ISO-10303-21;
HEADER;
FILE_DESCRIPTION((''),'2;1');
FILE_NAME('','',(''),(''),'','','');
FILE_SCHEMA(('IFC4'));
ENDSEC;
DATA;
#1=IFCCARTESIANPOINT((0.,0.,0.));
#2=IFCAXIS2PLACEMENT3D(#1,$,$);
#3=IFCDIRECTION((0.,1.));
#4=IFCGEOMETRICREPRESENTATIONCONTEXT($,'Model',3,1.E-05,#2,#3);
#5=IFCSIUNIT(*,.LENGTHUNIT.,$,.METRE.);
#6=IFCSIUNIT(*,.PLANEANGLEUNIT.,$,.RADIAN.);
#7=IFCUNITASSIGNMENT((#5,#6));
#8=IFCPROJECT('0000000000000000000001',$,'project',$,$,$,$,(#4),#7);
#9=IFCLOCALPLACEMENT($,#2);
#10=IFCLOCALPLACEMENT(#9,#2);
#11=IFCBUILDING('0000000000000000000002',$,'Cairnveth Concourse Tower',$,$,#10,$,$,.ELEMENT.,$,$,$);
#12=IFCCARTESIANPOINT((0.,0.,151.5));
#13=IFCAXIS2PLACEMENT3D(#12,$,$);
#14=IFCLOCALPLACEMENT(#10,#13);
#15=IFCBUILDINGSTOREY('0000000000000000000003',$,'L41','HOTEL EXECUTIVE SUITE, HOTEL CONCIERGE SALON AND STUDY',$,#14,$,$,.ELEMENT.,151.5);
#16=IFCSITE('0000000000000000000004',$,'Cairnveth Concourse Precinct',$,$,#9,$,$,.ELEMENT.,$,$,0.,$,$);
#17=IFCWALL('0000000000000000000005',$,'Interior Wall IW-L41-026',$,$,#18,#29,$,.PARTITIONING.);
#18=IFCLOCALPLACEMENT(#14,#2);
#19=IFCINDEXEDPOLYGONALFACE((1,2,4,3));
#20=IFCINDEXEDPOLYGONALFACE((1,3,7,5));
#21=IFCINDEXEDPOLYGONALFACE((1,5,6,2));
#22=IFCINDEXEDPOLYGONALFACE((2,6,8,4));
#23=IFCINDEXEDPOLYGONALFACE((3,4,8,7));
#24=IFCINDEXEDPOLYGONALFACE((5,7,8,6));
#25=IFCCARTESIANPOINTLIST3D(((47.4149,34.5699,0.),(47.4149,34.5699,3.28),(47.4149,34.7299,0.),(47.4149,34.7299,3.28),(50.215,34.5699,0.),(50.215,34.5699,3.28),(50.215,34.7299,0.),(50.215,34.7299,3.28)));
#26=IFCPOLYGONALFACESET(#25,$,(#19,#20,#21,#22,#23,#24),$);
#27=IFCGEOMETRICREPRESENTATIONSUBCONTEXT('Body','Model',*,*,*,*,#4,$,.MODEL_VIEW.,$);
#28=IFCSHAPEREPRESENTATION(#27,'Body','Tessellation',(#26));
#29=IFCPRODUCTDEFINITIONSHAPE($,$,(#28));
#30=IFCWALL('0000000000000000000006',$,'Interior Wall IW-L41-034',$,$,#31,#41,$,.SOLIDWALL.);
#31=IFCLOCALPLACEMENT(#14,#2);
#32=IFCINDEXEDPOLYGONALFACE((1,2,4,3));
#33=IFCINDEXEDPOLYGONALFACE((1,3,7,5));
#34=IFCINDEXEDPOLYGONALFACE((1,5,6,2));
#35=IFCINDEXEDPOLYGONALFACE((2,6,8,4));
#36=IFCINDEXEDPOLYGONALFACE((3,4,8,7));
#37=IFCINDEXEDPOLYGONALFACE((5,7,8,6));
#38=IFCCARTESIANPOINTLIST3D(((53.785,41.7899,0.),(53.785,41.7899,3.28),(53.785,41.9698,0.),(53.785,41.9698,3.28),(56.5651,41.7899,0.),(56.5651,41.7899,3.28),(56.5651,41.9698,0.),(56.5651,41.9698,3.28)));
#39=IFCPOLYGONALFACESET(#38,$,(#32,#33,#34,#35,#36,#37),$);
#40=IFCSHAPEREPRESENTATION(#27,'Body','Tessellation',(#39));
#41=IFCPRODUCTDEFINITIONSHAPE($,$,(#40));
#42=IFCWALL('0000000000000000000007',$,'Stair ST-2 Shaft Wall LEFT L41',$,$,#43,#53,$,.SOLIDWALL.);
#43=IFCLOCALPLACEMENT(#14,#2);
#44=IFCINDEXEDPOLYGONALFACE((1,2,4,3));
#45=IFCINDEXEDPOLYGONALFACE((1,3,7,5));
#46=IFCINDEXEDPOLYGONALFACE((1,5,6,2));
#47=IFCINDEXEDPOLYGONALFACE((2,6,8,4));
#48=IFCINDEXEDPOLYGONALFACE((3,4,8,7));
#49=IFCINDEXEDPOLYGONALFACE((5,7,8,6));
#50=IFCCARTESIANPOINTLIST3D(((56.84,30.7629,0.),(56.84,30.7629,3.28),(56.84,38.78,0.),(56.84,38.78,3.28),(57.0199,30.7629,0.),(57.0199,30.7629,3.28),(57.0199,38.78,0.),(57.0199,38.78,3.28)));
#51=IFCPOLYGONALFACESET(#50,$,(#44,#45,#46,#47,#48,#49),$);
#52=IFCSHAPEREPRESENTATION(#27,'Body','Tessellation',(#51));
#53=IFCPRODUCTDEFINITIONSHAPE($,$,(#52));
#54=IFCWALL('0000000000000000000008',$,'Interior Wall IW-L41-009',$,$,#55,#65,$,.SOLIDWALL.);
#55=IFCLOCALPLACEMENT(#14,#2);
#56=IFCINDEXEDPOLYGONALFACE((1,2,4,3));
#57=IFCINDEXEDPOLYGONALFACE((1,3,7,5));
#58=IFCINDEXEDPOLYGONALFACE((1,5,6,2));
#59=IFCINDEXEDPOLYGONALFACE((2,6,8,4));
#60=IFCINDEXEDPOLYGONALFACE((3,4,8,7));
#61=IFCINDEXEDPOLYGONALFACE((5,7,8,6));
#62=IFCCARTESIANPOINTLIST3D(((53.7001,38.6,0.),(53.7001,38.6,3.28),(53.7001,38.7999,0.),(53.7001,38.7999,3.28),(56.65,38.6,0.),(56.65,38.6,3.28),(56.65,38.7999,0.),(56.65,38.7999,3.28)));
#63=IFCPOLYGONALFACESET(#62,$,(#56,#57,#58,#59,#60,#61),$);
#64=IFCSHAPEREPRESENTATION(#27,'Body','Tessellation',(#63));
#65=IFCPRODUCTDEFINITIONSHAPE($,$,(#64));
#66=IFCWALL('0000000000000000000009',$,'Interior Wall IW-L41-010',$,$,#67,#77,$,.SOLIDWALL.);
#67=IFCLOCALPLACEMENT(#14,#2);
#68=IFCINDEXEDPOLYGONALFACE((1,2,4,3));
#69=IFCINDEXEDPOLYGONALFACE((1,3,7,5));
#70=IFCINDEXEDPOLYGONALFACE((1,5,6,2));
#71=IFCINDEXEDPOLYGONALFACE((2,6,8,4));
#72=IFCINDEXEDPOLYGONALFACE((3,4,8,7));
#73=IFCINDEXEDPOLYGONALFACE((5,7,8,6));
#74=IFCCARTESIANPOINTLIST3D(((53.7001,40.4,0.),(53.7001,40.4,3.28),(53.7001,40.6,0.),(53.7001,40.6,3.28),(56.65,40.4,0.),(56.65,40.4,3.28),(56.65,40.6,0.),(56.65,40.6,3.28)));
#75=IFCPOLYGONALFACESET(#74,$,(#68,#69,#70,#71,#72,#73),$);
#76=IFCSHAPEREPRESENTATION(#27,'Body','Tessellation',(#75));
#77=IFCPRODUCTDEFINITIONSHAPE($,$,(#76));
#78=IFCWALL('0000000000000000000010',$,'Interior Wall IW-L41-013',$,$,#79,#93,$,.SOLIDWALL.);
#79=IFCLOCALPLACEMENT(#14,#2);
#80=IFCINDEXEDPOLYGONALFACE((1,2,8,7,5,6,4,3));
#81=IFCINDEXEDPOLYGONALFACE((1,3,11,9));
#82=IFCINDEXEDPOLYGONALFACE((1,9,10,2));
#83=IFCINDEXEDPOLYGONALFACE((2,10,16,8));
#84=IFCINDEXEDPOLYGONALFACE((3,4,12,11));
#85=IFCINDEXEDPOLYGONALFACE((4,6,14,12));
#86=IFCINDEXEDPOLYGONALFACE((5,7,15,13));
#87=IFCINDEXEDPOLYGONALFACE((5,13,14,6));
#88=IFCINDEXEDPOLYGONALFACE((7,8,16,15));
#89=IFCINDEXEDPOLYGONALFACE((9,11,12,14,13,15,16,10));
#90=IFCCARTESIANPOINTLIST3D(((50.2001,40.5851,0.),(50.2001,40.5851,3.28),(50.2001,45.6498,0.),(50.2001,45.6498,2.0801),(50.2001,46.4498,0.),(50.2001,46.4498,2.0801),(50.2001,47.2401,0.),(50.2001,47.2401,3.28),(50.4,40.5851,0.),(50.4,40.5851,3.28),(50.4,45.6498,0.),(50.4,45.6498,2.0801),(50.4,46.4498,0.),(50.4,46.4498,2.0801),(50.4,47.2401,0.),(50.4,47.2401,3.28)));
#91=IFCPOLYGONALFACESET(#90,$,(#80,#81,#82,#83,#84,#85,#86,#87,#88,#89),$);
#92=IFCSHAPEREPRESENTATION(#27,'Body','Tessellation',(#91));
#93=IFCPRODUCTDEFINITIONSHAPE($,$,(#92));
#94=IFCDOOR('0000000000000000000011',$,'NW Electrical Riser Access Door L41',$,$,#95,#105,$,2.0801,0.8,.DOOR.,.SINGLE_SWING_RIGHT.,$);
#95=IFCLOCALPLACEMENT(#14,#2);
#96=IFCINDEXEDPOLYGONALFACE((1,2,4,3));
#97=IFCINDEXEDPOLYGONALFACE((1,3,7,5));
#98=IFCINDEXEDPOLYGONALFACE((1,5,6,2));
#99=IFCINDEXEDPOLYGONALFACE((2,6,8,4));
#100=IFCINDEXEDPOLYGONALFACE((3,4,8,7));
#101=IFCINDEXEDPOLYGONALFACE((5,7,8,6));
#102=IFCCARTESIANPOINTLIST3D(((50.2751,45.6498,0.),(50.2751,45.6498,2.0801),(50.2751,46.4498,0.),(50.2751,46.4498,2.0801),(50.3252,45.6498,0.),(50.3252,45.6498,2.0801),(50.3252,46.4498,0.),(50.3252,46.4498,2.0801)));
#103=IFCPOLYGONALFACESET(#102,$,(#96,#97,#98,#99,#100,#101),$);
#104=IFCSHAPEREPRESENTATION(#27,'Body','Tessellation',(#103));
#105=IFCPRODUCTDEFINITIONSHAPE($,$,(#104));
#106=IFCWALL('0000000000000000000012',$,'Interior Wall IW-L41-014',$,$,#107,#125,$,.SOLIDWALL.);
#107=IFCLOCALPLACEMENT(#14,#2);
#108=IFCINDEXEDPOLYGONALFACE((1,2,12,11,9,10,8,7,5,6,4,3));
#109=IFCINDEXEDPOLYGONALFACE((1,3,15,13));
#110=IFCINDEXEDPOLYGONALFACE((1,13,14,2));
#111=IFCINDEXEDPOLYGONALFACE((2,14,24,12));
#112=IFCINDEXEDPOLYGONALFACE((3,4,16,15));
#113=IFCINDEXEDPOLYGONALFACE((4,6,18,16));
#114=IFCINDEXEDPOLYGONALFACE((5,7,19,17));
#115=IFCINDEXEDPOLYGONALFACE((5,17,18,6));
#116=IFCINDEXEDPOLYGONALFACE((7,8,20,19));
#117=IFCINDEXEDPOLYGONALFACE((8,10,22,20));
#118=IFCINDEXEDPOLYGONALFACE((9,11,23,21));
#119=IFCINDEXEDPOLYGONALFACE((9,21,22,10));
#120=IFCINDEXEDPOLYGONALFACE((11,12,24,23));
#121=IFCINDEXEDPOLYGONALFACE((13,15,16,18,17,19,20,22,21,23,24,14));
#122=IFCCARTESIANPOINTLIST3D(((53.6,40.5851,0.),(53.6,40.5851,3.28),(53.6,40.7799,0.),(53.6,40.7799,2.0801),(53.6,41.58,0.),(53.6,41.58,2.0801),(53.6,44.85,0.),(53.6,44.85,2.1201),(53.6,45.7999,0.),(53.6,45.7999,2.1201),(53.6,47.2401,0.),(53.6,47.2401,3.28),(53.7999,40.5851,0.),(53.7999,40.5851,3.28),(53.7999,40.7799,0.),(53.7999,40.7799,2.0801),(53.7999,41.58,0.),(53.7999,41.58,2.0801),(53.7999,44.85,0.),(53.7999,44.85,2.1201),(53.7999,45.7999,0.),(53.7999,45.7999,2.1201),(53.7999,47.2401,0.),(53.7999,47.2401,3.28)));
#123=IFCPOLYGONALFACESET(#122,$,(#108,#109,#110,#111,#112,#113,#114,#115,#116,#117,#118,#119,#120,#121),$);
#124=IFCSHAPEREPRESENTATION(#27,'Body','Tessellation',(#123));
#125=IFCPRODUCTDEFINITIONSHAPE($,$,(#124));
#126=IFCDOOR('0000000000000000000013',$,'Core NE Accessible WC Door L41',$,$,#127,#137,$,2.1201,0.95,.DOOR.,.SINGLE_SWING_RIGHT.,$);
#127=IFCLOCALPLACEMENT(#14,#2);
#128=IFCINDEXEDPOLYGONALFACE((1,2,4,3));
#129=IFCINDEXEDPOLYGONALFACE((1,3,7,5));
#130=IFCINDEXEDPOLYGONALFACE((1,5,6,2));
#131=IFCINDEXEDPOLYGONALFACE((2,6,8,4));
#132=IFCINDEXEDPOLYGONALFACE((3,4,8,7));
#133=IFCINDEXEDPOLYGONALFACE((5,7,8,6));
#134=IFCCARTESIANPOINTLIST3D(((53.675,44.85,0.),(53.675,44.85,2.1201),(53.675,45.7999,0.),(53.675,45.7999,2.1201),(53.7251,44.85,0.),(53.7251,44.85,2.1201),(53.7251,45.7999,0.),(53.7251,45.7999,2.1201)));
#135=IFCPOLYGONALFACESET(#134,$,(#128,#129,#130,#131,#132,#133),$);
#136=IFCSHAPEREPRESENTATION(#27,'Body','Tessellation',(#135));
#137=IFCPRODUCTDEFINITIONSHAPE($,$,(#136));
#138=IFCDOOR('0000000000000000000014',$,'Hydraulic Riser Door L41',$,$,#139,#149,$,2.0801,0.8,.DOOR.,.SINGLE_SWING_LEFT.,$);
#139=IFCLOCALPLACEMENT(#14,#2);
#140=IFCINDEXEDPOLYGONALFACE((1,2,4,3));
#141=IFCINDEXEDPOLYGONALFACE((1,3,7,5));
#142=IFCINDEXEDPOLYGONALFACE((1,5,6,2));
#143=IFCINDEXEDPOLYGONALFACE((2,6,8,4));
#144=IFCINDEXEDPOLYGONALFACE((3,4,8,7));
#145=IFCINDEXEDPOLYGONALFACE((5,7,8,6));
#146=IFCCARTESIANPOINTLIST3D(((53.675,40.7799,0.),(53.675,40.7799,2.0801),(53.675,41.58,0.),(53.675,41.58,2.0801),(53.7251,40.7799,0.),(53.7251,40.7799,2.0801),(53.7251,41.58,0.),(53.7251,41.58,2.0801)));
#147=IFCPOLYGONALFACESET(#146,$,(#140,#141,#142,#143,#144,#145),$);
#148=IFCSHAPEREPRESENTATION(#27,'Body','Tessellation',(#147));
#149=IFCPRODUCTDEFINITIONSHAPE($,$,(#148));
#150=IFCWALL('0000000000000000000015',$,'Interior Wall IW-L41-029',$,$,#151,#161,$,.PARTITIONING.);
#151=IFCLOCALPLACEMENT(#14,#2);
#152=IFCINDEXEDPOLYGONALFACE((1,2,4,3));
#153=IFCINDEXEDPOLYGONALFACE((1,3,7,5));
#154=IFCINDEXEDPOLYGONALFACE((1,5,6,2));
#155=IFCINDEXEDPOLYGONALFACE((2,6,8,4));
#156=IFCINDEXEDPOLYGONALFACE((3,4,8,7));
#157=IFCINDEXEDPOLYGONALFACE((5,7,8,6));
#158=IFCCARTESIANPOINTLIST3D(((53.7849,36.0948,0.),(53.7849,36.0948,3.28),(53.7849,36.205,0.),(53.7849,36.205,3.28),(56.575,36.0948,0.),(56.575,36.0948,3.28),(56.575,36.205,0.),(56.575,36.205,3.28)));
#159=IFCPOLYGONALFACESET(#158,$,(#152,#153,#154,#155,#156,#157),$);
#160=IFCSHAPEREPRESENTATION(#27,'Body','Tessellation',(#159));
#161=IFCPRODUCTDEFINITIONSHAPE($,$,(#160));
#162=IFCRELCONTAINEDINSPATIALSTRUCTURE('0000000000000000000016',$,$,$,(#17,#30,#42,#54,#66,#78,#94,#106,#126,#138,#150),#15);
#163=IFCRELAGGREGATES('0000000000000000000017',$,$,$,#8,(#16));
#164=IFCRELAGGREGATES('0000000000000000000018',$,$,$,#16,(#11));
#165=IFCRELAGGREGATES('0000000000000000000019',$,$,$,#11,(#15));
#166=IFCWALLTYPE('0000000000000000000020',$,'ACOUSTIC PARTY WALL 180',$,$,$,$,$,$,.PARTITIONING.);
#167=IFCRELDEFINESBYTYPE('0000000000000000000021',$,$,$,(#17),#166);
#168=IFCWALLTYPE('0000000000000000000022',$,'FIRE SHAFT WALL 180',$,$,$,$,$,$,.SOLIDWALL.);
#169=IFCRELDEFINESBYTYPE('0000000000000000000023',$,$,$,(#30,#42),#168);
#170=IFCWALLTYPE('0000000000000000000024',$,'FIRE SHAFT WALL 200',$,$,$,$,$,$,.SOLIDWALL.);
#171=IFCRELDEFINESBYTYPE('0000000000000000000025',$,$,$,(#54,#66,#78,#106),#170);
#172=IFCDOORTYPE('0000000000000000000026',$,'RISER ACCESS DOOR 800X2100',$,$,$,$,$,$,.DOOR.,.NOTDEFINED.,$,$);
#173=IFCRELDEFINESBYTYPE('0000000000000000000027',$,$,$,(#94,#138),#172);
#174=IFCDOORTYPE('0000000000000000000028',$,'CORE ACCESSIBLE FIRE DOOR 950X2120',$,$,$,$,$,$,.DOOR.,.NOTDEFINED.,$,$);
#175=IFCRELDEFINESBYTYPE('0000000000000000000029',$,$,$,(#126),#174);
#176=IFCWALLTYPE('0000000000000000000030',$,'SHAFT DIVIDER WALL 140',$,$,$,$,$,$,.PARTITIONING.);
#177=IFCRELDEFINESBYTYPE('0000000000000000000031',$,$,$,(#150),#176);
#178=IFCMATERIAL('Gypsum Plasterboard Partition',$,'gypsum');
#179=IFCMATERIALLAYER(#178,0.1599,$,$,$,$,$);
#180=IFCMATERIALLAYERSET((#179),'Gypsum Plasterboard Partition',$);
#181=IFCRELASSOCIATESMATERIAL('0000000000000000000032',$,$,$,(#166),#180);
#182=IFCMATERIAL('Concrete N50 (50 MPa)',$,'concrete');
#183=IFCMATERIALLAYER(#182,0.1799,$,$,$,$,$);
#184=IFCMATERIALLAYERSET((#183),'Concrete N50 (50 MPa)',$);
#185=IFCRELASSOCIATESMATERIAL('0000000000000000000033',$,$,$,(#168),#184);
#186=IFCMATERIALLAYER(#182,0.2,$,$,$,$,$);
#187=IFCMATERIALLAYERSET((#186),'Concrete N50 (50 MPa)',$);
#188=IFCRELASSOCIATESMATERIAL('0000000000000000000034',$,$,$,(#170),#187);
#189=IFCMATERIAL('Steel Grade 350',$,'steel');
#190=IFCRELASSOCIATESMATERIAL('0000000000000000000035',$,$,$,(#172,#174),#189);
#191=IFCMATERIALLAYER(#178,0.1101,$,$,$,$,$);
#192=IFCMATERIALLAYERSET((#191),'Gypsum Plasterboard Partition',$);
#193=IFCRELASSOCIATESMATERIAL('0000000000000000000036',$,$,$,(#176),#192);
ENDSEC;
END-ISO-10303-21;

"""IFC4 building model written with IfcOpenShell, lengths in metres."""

from ifc_helpers import new_model, si_unit, direction, frame, frame_2d, origin, place, context, subcontext, project, spatial, rectangle, extrude, material, layer, layer_set, type_object, element, fill, save


model = new_model("IFC4")

# Units and contexts
model_context = context("Model", 3, precision=1e-05, world=origin(), true_north=direction((0.0, 1.0)))
body_context = subcontext(model_context, "Body", "Model", "MODEL_VIEW")
ifc_project = project(units=[si_unit("LENGTHUNIT", "METRE"), si_unit("PLANEANGLEUNIT", "RADIAN")], contexts=[model_context])

# Site, building, storey
site_placement = place(None, origin())
site = spatial("IfcSite", under=ifc_project, at=site_placement, Name="Cairnveth Concourse Precinct", CompositionType="ELEMENT", RefElevation=0.0)
building_placement = place(site_placement, origin())
building = spatial("IfcBuilding", under=site, at=building_placement, Name="Cairnveth Concourse Tower", CompositionType="ELEMENT")
storey_placement = place(building_placement, frame((0.0, 0.0, 151.5)))
storey = spatial("IfcBuildingStorey", under=building, at=storey_placement, Name="L41", Description="HOTEL EXECUTIVE SUITE, HOTEL CONCIERGE SALON AND STUDY", CompositionType="ELEMENT", Elevation=151.5)

# Walls
ifc_material_1 = material(Name="Gypsum Plasterboard Partition", Category="gypsum")
ifc_layer_1 = layer(ifc_material_1, 0.1599)
ifc_layer_set_1 = layer_set([ifc_layer_1], Name="Gypsum Plasterboard Partition")
wall_type_1 = type_object("IfcWallType", Name="ACOUSTIC PARTY WALL 180", PredefinedType="PARTITIONING", material=ifc_layer_set_1)
wall_1_placement = place(storey_placement, frame((47.415, 34.6499, 0.0), z_axis=(0.0, 0.0, 1.0), x_axis=(1.0, 0.0, 0.0)))
element("IfcWall", 1, at=wall_1_placement, inside=storey, type_object=wall_type_1, Name="Interior Wall IW-L41-026", PredefinedType="PARTITIONING", context=body_context, shape_type="SweptSolid", body=[
    extrude(rectangle(XDim=2.8, YDim=0.1599, at=frame_2d((1.3999, 0.0))), origin(), (0.0, 0.0, 1.0), 3.28),
])
ifc_material_2 = material(Name="Concrete N50 (50 MPa)", Category="concrete")
ifc_layer_2 = layer(ifc_material_2, 0.1799)
ifc_layer_set_2 = layer_set([ifc_layer_2], Name="Concrete N50 (50 MPa)")
wall_type_2 = type_object("IfcWallType", Name="FIRE SHAFT WALL 180", PredefinedType="SOLIDWALL", material=ifc_layer_set_2)
wall_2_placement = place(storey_placement, frame((53.7849, 41.8799, 0.0), z_axis=(0.0, 0.0, 1.0), x_axis=(1.0, 0.0, 0.0)))
element("IfcWall", 2, at=wall_2_placement, inside=storey, type_object=wall_type_2, Name="Interior Wall IW-L41-034", PredefinedType="SOLIDWALL", context=body_context, shape_type="SweptSolid", body=[
    extrude(rectangle(XDim=2.78, YDim=0.1799, at=frame_2d((1.3901, 0.0))), origin(), (0.0, 0.0, 1.0), 3.28),
])

# Shared definitions
ifc_material_3 = material(Name="Steel Grade 350", Category="steel")

# Walls
wall_3_placement = place(storey_placement, frame((56.9299, 38.78, 0.0), z_axis=(0.0, 0.0, 1.0), x_axis=(0.0, -1.0, 0.0)))
element("IfcWall", 3, at=wall_3_placement, inside=storey, type_object=wall_type_2, Name="Stair ST-2 Shaft Wall LEFT L41", PredefinedType="SOLIDWALL", context=body_context, shape_type="SweptSolid", body=[
    extrude(rectangle(XDim=8.0171, YDim=0.1799, at=frame_2d((4.0085, 0.0))), origin(), (0.0, 0.0, 1.0), 3.28),
])
ifc_layer_3 = layer(ifc_material_2, 0.2)
ifc_layer_set_3 = layer_set([ifc_layer_3], Name="Concrete N50 (50 MPa)")
wall_type_3 = type_object("IfcWallType", Name="FIRE SHAFT WALL 200", PredefinedType="SOLIDWALL", material=ifc_layer_set_3)
for number, where, z_axis, x_axis, name in (
    (4, (53.7, 38.7, 0.0), (0.0, 0.0, 1.0), (1.0, 0.0, 0.0), "Interior Wall IW-L41-009"),
    (5, (53.7, 40.5, 0.0), (0.0, 0.0, 1.0), (1.0, 0.0, 0.0), "Interior Wall IW-L41-010"),
):
    element("IfcWall", number, at=place(storey_placement, frame(where, z_axis=z_axis, x_axis=x_axis)), inside=storey, type_object=wall_type_3, Name=name, PredefinedType="SOLIDWALL", context=body_context, shape_type="SweptSolid", body=[
        extrude(rectangle(XDim=2.95, YDim=0.2, at=frame_2d((1.4751, 0.0))), origin(), (0.0, 0.0, 1.0), 3.28),
    ])

# Wall, opening, door
wall_4_placement = place(storey_placement, frame((50.3, 40.585, 0.0), z_axis=(0.0, 0.0, 1.0), x_axis=(0.0, 1.0, 0.0)))
wall_4 = element("IfcWall", 6, at=wall_4_placement, inside=storey, type_object=wall_type_3, Name="Interior Wall IW-L41-013", PredefinedType="SOLIDWALL", context=body_context, shape_type="SweptSolid", body=[
    extrude(rectangle(XDim=6.655, YDim=0.2, at=frame_2d((3.3276, 0.0))), origin(), (0.0, 0.0, 1.0), 3.28),
])
opening_1_placement = place(wall_4_placement, frame((5.0649, 0.0, 0.0)))
opening_1 = element("IfcOpeningElement", 7, at=opening_1_placement, cuts=wall_4, PredefinedType="OPENING", context=body_context, shape_type="SweptSolid", body=[
    extrude(rectangle(XDim=0.8, YDim=2.0801, at=frame_2d((0.3999, 1.04))), frame((0.0, 0.1099, 0.0), z_axis=(0.0, -1.0, 0.0), x_axis=(1.0, 0.0, 0.0)), (0.0, 0.0, 1.0), 0.22),
])
door_type_1 = type_object("IfcDoorType", Name="RISER ACCESS DOOR 800X2100", OperationType="NOTDEFINED", PredefinedType="DOOR", material=ifc_material_3)
door_1_placement = place(opening_1_placement, origin())
door_1 = element("IfcDoor", 8, at=door_1_placement, inside=storey, type_object=door_type_1, Name="NW Electrical Riser Access Door L41", OperationType="SINGLE_SWING_RIGHT", OverallHeight=2.0801, OverallWidth=0.8, PredefinedType="DOOR", context=body_context, shape_type="SweptSolid", body=[
    extrude(rectangle(XDim=0.8, YDim=2.0801, at=frame_2d((0.3999, 1.04))), frame((0.0, 0.0249, 0.0), z_axis=(0.0, -1.0, 0.0), x_axis=(1.0, 0.0, 0.0)), (0.0, 0.0, 1.0), 0.05),
])
fill(opening_1, door_1)

# Wall, openings, doors
wall_5_placement = place(storey_placement, frame((53.7, 40.585, 0.0), z_axis=(0.0, 0.0, 1.0), x_axis=(0.0, 1.0, 0.0)))
wall_5 = element("IfcWall", 9, at=wall_5_placement, inside=storey, type_object=wall_type_3, Name="Interior Wall IW-L41-014", PredefinedType="SOLIDWALL", context=body_context, shape_type="SweptSolid", body=[
    extrude(rectangle(XDim=6.655, YDim=0.2, at=frame_2d((3.3276, 0.0))), origin(), (0.0, 0.0, 1.0), 3.28),
])
opening_2_placement = place(wall_5_placement, frame((0.1951, 0.0, 0.0)))
opening_2 = element("IfcOpeningElement", 10, at=opening_2_placement, cuts=wall_5, PredefinedType="OPENING", context=body_context, shape_type="SweptSolid", body=[
    extrude(rectangle(XDim=0.8, YDim=2.0801, at=frame_2d((0.3999, 1.04))), frame((0.0, 0.1099, 0.0), z_axis=(0.0, -1.0, 0.0), x_axis=(1.0, 0.0, 0.0)), (0.0, 0.0, 1.0), 0.22),
])
opening_3_placement = place(wall_5_placement, frame((4.2649, 0.0, 0.0)))
opening_3 = element("IfcOpeningElement", 11, at=opening_3_placement, cuts=wall_5, PredefinedType="OPENING", context=body_context, shape_type="SweptSolid", body=[
    extrude(rectangle(XDim=0.95, YDim=2.1201, at=frame_2d((0.4751, 1.0601))), frame((0.0, 0.1099, 0.0), z_axis=(0.0, -1.0, 0.0), x_axis=(1.0, 0.0, 0.0)), (0.0, 0.0, 1.0), 0.22),
])
door_type_2 = type_object("IfcDoorType", Name="CORE ACCESSIBLE FIRE DOOR 950X2120", OperationType="NOTDEFINED", PredefinedType="DOOR", material=ifc_material_3)
door_2_placement = place(opening_3_placement, origin())
door_2 = element("IfcDoor", 12, at=door_2_placement, inside=storey, type_object=door_type_2, Name="Core NE Accessible WC Door L41", OperationType="SINGLE_SWING_RIGHT", OverallHeight=2.1201, OverallWidth=0.95, PredefinedType="DOOR", context=body_context, shape_type="SweptSolid", body=[
    extrude(rectangle(XDim=0.95, YDim=2.1201, at=frame_2d((0.4751, 1.0601))), frame((0.0, 0.0249, 0.0), z_axis=(0.0, -1.0, 0.0), x_axis=(1.0, 0.0, 0.0)), (0.0, 0.0, 1.0), 0.05),
])
fill(opening_3, door_2)
door_3_placement = place(opening_2_placement, origin())
door_3 = element("IfcDoor", 13, at=door_3_placement, inside=storey, type_object=door_type_1, Name="Hydraulic Riser Door L41", OperationType="SINGLE_SWING_LEFT", OverallHeight=2.0801, OverallWidth=0.8, PredefinedType="DOOR", context=body_context, shape_type="SweptSolid", body=[
    extrude(rectangle(XDim=0.8, YDim=2.0801, at=frame_2d((0.3999, 1.04))), frame((0.0, 0.0249, 0.0), z_axis=(0.0, -1.0, 0.0), x_axis=(1.0, 0.0, 0.0)), (0.0, 0.0, 1.0), 0.05),
])
fill(opening_2, door_3)

# Wall
ifc_layer_4 = layer(ifc_material_1, 0.1101)
ifc_layer_set_4 = layer_set([ifc_layer_4], Name="Gypsum Plasterboard Partition")
wall_type_4 = type_object("IfcWallType", Name="SHAFT DIVIDER WALL 140", PredefinedType="PARTITIONING", material=ifc_layer_set_4)
wall_6_placement = place(storey_placement, frame((53.7849, 36.1499, 0.0), z_axis=(0.0, 0.0, 1.0), x_axis=(1.0, 0.0, 0.0)))
element("IfcWall", 14, at=wall_6_placement, inside=storey, type_object=wall_type_4, Name="Interior Wall IW-L41-029", PredefinedType="PARTITIONING", context=body_context, shape_type="SweptSolid", body=[
    extrude(rectangle(XDim=2.79, YDim=0.1101, at=frame_2d((1.395, 0.0))), origin(), (0.0, 0.0, 1.0), 3.28),
])

save(model, "model.ifc")
